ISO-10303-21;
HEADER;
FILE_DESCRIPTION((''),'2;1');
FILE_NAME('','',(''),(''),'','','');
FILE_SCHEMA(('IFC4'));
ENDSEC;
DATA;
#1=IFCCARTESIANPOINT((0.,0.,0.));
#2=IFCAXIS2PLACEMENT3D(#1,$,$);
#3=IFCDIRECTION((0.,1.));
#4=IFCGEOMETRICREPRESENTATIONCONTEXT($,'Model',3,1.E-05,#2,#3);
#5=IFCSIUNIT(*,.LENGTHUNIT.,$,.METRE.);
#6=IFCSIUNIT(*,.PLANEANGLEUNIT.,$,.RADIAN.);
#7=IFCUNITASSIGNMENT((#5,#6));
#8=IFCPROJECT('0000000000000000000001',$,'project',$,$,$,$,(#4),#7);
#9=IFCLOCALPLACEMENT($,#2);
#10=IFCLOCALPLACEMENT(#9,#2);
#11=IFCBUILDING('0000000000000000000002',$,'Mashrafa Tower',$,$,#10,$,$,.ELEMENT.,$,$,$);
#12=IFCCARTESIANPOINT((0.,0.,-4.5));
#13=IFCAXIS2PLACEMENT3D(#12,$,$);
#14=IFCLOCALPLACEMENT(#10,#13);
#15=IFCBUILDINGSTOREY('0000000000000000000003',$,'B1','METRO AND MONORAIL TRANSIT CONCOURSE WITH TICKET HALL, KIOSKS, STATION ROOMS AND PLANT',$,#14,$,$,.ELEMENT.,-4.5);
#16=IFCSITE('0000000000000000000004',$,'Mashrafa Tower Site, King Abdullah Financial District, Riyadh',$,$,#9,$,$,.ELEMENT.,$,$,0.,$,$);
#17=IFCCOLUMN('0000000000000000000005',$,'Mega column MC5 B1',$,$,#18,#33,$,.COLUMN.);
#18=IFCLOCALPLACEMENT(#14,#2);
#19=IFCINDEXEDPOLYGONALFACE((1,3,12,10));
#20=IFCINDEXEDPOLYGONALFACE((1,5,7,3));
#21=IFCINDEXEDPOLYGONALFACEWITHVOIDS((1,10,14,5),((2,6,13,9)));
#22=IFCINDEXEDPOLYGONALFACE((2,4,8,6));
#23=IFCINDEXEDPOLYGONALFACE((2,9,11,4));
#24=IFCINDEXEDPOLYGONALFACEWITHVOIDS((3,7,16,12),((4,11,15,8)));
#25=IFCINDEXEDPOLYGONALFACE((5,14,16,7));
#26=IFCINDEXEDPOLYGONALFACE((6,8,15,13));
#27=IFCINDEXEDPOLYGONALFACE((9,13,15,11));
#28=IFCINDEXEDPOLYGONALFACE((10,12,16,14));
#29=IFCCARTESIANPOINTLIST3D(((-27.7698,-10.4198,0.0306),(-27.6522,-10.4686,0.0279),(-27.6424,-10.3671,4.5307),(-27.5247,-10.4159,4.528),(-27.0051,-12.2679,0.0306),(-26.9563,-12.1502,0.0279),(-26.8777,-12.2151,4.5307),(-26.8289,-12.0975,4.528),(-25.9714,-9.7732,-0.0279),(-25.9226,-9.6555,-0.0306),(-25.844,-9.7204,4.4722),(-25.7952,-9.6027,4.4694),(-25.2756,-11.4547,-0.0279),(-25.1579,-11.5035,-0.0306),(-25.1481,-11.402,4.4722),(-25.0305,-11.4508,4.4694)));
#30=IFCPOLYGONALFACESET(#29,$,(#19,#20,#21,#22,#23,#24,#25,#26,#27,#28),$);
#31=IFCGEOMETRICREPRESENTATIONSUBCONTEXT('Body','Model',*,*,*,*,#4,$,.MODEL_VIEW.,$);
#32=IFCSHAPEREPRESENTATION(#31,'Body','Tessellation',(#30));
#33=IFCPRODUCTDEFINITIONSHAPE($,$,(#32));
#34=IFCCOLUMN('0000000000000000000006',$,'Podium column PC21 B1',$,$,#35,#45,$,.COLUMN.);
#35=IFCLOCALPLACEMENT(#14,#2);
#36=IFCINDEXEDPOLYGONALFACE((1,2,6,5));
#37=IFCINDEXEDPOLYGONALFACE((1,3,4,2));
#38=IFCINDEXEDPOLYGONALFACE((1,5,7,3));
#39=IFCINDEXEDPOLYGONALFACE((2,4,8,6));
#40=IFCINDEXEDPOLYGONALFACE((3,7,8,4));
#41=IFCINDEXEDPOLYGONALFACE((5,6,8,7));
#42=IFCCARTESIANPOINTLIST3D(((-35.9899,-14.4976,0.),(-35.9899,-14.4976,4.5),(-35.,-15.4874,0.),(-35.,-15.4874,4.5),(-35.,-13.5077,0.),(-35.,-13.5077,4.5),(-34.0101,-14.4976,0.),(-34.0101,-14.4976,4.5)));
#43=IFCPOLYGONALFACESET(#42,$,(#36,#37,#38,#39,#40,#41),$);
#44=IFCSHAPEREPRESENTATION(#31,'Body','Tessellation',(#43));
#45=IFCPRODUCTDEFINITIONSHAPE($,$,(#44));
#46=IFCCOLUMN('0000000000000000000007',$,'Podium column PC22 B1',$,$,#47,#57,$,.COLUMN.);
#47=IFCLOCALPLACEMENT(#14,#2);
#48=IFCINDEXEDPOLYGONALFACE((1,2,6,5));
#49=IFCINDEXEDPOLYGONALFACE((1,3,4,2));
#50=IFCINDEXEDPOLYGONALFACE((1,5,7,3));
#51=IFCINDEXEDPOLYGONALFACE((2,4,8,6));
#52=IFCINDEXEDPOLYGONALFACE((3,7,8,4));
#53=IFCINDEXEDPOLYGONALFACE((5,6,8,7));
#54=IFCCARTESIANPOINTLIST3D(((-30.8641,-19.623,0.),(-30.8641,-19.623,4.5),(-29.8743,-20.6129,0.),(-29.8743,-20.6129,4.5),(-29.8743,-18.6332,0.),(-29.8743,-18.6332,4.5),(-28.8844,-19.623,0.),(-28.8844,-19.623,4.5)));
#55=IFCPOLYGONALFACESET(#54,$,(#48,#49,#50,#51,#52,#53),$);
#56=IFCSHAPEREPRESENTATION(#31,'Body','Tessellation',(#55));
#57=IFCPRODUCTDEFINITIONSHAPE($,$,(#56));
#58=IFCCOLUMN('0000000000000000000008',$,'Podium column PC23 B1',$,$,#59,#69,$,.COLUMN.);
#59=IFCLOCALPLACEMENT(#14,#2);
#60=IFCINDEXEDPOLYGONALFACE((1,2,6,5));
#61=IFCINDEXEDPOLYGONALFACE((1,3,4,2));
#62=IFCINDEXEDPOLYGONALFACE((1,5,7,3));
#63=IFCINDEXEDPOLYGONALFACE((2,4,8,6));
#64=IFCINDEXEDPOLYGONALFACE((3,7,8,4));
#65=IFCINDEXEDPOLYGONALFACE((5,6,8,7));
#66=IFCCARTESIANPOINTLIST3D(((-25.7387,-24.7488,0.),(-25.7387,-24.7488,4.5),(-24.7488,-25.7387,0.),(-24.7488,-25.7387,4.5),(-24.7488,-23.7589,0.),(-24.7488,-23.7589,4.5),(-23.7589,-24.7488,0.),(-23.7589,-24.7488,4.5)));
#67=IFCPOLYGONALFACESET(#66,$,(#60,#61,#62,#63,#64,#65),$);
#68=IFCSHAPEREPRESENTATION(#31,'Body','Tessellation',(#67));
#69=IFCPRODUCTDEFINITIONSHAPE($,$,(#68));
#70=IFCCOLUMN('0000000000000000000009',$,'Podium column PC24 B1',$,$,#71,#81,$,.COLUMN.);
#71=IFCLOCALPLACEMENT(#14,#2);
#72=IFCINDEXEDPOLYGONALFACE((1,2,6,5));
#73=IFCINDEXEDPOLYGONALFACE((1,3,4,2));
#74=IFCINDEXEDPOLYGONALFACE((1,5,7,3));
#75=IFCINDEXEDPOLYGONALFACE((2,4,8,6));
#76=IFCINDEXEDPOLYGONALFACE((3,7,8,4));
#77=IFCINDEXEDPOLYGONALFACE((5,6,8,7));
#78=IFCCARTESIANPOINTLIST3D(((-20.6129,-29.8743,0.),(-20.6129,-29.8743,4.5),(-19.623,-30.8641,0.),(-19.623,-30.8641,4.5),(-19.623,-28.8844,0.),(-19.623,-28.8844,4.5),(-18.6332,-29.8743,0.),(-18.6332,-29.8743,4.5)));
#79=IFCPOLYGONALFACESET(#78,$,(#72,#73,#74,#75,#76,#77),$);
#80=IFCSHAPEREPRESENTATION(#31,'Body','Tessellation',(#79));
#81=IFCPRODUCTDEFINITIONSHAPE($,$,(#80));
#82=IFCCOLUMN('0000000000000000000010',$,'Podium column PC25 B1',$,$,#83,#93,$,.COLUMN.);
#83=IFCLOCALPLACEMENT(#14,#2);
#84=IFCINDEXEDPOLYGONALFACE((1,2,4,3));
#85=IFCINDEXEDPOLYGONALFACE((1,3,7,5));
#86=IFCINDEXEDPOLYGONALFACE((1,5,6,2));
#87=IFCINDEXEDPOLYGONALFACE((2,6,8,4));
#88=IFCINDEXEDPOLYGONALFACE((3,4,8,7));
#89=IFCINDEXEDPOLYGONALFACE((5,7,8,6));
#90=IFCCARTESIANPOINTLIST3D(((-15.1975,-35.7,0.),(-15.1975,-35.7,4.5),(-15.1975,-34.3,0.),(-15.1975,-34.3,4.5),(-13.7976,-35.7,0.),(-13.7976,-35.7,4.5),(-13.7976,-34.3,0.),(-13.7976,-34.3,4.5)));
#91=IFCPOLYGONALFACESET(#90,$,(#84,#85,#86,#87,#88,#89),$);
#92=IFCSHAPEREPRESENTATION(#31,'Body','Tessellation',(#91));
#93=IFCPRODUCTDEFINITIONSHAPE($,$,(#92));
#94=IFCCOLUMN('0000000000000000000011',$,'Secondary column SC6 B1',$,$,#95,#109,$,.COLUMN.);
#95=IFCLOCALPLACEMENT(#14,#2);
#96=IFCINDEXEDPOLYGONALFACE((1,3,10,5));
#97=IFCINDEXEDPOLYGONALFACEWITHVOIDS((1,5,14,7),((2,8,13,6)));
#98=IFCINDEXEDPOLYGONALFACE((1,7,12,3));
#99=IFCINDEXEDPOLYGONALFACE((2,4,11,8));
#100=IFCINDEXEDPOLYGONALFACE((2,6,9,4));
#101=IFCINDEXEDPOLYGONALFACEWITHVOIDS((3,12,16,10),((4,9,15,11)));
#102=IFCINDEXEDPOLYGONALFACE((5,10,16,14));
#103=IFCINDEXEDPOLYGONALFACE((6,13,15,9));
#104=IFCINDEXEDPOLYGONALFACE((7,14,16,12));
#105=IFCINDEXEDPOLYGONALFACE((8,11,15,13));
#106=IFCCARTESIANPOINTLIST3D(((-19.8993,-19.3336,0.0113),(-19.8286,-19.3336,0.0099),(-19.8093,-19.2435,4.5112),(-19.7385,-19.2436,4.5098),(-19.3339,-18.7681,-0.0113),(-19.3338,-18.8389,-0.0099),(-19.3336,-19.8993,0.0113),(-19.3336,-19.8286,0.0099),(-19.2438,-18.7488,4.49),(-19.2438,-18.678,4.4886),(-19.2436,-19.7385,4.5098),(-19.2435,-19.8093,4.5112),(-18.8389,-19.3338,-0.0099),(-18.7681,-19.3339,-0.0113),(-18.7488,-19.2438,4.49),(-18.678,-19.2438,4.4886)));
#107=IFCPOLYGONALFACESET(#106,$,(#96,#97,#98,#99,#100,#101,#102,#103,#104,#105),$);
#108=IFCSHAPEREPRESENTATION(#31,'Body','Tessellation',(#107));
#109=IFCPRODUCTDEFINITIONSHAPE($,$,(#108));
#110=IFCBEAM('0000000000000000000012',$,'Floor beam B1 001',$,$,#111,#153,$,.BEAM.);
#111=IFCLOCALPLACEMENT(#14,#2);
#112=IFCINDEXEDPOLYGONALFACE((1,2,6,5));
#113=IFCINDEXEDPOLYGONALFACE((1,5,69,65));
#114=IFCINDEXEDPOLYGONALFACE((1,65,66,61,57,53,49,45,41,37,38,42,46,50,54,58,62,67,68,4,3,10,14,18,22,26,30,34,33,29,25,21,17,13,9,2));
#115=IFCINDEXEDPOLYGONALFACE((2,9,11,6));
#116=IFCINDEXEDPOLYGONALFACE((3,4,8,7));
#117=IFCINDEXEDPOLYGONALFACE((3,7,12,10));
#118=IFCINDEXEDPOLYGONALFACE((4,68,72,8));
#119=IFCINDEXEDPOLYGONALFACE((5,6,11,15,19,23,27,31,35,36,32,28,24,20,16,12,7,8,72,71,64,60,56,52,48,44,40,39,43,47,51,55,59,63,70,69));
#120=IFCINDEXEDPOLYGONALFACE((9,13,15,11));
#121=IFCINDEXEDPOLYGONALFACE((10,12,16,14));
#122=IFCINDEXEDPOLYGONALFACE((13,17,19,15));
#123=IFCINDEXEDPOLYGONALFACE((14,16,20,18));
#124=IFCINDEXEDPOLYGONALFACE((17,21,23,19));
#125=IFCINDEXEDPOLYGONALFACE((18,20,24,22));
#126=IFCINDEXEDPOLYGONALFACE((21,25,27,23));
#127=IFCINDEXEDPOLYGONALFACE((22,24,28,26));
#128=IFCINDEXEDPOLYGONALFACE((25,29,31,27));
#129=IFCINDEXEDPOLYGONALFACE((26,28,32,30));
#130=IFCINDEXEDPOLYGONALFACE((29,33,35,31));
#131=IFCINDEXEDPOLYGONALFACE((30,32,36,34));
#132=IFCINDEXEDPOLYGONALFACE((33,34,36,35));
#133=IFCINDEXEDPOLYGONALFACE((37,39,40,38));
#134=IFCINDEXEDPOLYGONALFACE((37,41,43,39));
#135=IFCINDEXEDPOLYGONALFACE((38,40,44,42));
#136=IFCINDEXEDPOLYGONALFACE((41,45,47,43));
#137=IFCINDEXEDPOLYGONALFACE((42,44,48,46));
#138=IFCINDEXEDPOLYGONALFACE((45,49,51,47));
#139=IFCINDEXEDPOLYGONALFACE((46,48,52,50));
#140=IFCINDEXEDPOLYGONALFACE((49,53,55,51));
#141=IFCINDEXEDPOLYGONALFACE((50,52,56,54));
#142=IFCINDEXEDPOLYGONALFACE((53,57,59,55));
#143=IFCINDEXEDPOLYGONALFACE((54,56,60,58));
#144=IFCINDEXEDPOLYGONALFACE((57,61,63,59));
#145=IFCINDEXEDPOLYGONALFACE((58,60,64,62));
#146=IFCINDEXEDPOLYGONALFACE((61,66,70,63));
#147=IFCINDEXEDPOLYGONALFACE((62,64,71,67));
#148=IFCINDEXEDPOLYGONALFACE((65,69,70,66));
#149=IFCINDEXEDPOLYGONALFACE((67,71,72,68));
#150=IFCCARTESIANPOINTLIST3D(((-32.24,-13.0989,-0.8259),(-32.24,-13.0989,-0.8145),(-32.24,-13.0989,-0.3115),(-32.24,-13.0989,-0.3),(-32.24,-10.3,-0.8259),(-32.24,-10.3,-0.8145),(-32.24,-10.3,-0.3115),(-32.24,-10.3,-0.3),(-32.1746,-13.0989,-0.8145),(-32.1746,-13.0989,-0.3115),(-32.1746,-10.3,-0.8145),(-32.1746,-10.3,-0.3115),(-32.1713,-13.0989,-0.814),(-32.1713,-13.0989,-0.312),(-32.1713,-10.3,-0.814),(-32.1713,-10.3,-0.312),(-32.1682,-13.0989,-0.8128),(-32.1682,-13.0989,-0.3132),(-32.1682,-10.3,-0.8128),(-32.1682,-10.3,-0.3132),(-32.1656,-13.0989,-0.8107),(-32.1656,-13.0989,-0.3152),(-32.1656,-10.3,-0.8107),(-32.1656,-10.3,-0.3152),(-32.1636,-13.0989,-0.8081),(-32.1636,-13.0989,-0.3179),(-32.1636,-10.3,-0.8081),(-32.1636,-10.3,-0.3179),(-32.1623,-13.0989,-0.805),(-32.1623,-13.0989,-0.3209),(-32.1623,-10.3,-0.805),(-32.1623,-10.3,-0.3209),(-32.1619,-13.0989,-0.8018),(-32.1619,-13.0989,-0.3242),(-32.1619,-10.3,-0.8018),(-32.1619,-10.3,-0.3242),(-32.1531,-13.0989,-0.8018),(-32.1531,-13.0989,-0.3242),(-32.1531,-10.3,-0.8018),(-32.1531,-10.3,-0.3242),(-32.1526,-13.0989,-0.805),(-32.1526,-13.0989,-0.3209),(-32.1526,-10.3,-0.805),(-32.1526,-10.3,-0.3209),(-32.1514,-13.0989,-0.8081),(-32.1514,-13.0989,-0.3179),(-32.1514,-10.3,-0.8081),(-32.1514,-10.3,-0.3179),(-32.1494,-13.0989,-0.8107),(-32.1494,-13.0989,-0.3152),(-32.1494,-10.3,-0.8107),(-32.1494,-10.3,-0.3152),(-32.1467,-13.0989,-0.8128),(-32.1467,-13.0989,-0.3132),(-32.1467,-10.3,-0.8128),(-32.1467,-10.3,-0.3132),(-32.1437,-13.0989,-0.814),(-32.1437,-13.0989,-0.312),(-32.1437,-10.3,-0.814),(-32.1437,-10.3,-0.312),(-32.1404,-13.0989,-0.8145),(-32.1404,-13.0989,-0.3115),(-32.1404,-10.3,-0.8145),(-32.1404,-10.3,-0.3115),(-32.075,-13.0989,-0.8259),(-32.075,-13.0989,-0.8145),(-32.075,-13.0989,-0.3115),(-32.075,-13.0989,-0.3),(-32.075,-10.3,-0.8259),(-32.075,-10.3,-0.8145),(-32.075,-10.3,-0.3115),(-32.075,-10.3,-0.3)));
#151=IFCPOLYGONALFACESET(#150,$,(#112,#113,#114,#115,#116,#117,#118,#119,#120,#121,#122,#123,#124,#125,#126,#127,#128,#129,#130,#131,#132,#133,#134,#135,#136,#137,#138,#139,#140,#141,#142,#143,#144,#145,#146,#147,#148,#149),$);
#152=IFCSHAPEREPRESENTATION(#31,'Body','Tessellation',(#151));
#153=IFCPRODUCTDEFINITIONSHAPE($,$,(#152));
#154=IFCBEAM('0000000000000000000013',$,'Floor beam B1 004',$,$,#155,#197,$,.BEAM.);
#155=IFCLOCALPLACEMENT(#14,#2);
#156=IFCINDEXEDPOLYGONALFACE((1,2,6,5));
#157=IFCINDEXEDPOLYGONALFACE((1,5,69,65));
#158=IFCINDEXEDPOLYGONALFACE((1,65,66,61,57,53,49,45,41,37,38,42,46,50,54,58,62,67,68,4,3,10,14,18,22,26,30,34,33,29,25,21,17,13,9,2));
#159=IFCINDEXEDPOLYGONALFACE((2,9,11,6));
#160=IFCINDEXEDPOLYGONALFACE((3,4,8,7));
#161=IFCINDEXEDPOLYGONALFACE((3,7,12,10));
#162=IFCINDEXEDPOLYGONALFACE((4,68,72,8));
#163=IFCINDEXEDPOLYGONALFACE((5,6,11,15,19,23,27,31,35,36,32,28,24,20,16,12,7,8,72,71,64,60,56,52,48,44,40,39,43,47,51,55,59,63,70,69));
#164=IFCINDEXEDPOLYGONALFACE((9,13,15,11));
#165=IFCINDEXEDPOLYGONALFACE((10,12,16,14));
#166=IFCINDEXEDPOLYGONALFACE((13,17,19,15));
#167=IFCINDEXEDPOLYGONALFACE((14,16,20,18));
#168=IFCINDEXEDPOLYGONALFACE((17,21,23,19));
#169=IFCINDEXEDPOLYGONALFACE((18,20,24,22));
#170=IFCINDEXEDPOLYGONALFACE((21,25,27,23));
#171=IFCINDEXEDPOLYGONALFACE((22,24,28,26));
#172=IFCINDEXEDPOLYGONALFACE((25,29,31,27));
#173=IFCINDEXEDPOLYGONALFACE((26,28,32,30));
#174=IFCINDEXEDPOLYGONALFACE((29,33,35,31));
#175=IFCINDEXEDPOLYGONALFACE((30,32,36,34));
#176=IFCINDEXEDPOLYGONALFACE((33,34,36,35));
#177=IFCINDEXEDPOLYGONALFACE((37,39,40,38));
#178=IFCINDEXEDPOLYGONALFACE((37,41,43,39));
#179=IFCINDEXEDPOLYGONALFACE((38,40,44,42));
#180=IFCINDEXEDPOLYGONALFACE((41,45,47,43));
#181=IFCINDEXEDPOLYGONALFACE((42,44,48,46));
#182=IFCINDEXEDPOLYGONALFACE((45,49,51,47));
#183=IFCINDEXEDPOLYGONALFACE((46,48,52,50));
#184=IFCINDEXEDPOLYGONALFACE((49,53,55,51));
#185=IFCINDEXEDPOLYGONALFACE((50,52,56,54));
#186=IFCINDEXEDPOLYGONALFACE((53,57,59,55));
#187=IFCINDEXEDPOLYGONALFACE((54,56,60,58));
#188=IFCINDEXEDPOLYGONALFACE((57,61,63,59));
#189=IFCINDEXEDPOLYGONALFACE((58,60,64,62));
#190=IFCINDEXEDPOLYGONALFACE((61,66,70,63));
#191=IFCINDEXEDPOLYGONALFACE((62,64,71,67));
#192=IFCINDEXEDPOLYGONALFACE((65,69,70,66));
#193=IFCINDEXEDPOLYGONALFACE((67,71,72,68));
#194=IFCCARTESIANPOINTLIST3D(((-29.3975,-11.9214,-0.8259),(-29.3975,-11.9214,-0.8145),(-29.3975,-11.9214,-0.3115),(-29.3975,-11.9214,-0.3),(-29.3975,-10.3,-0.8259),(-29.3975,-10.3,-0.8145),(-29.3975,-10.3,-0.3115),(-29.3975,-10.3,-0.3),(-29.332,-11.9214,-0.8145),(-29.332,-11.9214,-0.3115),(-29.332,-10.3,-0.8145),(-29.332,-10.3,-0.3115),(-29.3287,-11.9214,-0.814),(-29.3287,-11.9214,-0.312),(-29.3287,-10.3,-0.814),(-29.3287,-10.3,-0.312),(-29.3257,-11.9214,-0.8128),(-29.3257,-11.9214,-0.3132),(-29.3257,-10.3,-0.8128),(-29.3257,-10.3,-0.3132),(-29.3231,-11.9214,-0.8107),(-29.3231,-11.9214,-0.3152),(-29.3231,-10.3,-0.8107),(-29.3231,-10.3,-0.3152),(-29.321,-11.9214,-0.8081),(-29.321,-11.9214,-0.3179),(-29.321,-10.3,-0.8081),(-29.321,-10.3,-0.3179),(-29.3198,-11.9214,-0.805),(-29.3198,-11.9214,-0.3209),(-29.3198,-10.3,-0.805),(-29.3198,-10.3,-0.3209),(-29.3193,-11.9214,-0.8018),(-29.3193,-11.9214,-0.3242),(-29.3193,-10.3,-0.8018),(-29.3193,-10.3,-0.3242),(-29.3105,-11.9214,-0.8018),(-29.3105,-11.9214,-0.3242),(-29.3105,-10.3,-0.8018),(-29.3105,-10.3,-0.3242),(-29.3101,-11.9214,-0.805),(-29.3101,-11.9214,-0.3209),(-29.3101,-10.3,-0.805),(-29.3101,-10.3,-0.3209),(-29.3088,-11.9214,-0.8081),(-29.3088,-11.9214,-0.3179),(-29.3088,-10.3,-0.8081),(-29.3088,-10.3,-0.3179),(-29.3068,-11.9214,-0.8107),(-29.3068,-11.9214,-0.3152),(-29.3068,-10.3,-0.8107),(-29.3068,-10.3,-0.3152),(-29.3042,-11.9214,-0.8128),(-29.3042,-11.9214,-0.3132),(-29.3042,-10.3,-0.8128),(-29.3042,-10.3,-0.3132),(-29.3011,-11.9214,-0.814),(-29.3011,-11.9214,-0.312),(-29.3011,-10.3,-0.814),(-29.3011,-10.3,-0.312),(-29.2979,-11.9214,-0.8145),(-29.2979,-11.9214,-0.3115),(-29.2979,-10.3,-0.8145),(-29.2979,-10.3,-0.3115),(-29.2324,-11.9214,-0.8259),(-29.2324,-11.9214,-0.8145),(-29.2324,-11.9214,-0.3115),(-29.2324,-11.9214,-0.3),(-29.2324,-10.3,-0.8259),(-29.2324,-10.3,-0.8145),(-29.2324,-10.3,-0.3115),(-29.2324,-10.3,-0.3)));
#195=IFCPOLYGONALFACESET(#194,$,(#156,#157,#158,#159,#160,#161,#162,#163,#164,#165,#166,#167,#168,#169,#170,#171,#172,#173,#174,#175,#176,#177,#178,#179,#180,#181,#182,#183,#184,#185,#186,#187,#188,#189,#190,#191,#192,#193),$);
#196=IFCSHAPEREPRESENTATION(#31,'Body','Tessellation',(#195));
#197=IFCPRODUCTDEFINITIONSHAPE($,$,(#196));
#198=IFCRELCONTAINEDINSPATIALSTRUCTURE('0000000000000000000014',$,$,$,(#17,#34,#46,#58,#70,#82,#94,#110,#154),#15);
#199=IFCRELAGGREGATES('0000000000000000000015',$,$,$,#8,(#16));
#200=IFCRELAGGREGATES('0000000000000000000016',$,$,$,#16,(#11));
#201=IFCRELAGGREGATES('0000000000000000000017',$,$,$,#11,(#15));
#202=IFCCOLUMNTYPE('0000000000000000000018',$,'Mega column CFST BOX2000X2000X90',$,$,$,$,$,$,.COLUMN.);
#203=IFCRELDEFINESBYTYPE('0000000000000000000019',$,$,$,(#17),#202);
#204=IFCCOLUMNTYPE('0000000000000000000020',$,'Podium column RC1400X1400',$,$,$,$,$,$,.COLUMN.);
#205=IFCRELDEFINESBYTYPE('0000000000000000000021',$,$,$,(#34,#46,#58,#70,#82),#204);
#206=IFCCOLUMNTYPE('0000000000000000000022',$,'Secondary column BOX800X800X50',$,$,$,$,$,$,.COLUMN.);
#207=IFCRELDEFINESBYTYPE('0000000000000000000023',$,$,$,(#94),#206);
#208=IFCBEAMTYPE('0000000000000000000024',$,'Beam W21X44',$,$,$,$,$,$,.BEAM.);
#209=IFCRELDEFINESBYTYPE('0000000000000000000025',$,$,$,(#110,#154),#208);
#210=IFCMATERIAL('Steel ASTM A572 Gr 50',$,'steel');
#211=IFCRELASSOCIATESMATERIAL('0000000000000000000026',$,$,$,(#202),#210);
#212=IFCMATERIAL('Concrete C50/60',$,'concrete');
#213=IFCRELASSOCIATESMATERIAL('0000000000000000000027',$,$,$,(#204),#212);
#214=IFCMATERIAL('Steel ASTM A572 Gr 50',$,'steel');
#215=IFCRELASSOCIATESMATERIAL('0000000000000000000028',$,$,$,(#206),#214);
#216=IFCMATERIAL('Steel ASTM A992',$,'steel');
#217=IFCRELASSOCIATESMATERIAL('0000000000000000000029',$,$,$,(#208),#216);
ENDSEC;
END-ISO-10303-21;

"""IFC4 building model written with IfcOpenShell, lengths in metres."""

from ifc_helpers import new_model, si_unit, direction, frame, origin, origin_2d, place, context, subcontext, project, spatial, rectangle, hollow_rectangle, i_section, extrude, material, material_profile, profile_set, type_object, element, save


model = new_model("IFC4")

# Units and contexts
model_context = context("Model", 3, precision=1e-05, world=origin(), true_north=direction((0.0, 1.0)))
body_context = subcontext(model_context, "Body", "Model", "MODEL_VIEW")
ifc_project = project(units=[si_unit("LENGTHUNIT", "METRE"), si_unit("PLANEANGLEUNIT", "RADIAN")], contexts=[model_context])

# Site, building, storey
site_placement = place(None, origin())
site = spatial("IfcSite", under=ifc_project, at=site_placement, Name="Mashrafa Tower Site, King Abdullah Financial District, Riyadh", CompositionType="ELEMENT", RefElevation=0.0)
building_placement = place(site_placement, origin())
building = spatial("IfcBuilding", under=site, at=building_placement, Name="Mashrafa Tower", CompositionType="ELEMENT")
storey_placement = place(building_placement, frame((0.0, 0.0, -4.5)))
storey = spatial("IfcBuildingStorey", under=building, at=storey_placement, Name="B1", Description="METRO AND MONORAIL TRANSIT CONCOURSE WITH TICKET HALL, KIOSKS, STATION ROOMS AND PLANT", CompositionType="ELEMENT", Elevation=-4.5)

# Columns
ifc_material_1 = material(Name="Steel ASTM A572 Gr 50", Category="steel")
ifc_material_profile_1 = material_profile(ifc_material_1, hollow_rectangle(XDim=2.0, YDim=2.0, WallThickness=0.0901, at=origin_2d()), Name="BOX2000X2000X90")
ifc_profile_set_1 = profile_set([ifc_material_profile_1], Name="Steel ASTM A572 Gr 50")
column_type_1 = type_object("IfcColumnType", Name="Mega column CFST BOX2000X2000X90", PredefinedType="COLUMN", material=ifc_profile_set_1)
column_1_placement = place(storey_placement, frame((-26.4639, -10.9617, 0.0), z_axis=(0.028307, 0.011713, 0.999531), x_axis=(-0.382352, 0.924017, 0.0)))
element("IfcColumn", 1, at=column_1_placement, inside=storey, type_object=column_type_1, Name="Mega column MC5 B1", PredefinedType="COLUMN", context=body_context, shape_type="SweptSolid", body=[
    extrude(hollow_rectangle(XDim=2.0, YDim=2.0, WallThickness=0.0901, at=origin_2d()), origin(), (0.0, 0.0, 1.0), 4.5022),
])
ifc_material_2 = material(Name="Concrete C50/60", Category="concrete")
ifc_material_profile_2 = material_profile(ifc_material_2, rectangle(XDim=1.3999, YDim=1.3999, at=origin_2d()), Name="RC1400X1400")
ifc_profile_set_2 = profile_set([ifc_material_profile_2], Name="Concrete C50/60")
column_type_2 = type_object("IfcColumnType", Name="Podium column RC1400X1400", PredefinedType="COLUMN", material=ifc_profile_set_2)
for number, where, z_axis, x_axis, name in (
    (2, (-35.0, -14.4976, 0.0), (0.0, 0.0, 1.0), (0.707107, 0.707107, 0.0), "Podium column PC21 B1"),
    (3, (-29.8743, -19.623, 0.0), (0.0, 0.0, 1.0), (0.707107, 0.707107, 0.0), "Podium column PC22 B1"),
    (4, (-24.7488, -24.7488, 0.0), (0.0, 0.0, 1.0), (0.707107, 0.707107, 0.0), "Podium column PC23 B1"),
    (5, (-19.623, -29.8743, 0.0), (0.0, 0.0, 1.0), (0.707107, 0.707107, 0.0), "Podium column PC24 B1"),
    (6, (-14.4976, -35.0, 0.0), (0.0, 0.0, 1.0), (1.0, 0.0, 0.0), "Podium column PC25 B1"),
):
    element("IfcColumn", number, at=place(storey_placement, frame(where, z_axis=z_axis, x_axis=x_axis)), inside=storey, type_object=column_type_2, Name=name, PredefinedType="COLUMN", context=body_context, shape_type="SweptSolid", body=[
        extrude(rectangle(XDim=1.3999, YDim=1.3999, at=origin_2d()), origin(), (0.0, 0.0, 1.0), 4.5),
    ])
ifc_material_3 = material(Name="Steel ASTM A572 Gr 50", Category="steel")
ifc_material_profile_3 = material_profile(ifc_material_3, hollow_rectangle(XDim=0.8, YDim=0.8, WallThickness=0.05, at=origin_2d()), Name="BOX800X800X50")
ifc_profile_set_3 = profile_set([ifc_material_profile_3], Name="Steel ASTM A572 Gr 50")
column_type_3 = type_object("IfcColumnType", Name="Secondary column BOX800X800X50", PredefinedType="COLUMN", material=ifc_profile_set_3)
column_2_placement = place(storey_placement, frame((-19.3337, -19.3337, 0.0), z_axis=(0.020012, 0.020012, 0.999599), x_axis=(-0.707107, 0.707107, 0.0)))
element("IfcColumn", 7, at=column_2_placement, inside=storey, type_object=column_type_3, Name="Secondary column SC6 B1", PredefinedType="COLUMN", context=body_context, shape_type="SweptSolid", body=[
    extrude(hollow_rectangle(XDim=0.8, YDim=0.8, WallThickness=0.05, at=origin_2d()), origin(), (0.0, 0.0, 1.0), 4.5017),
])

# Beams
ifc_material_4 = material(Name="Steel ASTM A992", Category="steel")
ifc_material_profile_4 = material_profile(ifc_material_4, i_section(OverallWidth=0.165, OverallDepth=0.5259, WebThickness=0.0088, FlangeThickness=0.0115, FilletRadius=0.0127, at=origin_2d()), Name="W21X44")
ifc_profile_set_4 = profile_set([ifc_material_profile_4], Name="Steel ASTM A992")
beam_type_1 = type_object("IfcBeamType", Name="Beam W21X44", PredefinedType="BEAM", material=ifc_profile_set_4)
beam_1_placement = place(storey_placement, frame((-32.1575, -13.0989, -0.563), z_axis=(0.0, 1.0, 0.0), x_axis=(-1.0, 0.0, 0.0)))
element("IfcBeam", 8, at=beam_1_placement, inside=storey, type_object=beam_type_1, Name="Floor beam B1 001", PredefinedType="BEAM", context=body_context, shape_type="SweptSolid", body=[
    extrude(i_section(OverallWidth=0.165, OverallDepth=0.5259, WebThickness=0.0088, FlangeThickness=0.0115, FilletRadius=0.0127, at=origin_2d()), origin(), (0.0, 0.0, 1.0), 2.7988),
])
beam_2_placement = place(storey_placement, frame((-29.3149, -11.9214, -0.563), z_axis=(0.0, 1.0, 0.0), x_axis=(-1.0, 0.0, 0.0)))
element("IfcBeam", 9, at=beam_2_placement, inside=storey, type_object=beam_type_1, Name="Floor beam B1 004", PredefinedType="BEAM", context=body_context, shape_type="SweptSolid", body=[
    extrude(i_section(OverallWidth=0.165, OverallDepth=0.5259, WebThickness=0.0088, FlangeThickness=0.0115, FilletRadius=0.0127, at=origin_2d()), origin(), (0.0, 0.0, 1.0), 1.6213),
])

save(model, "model.ifc")
